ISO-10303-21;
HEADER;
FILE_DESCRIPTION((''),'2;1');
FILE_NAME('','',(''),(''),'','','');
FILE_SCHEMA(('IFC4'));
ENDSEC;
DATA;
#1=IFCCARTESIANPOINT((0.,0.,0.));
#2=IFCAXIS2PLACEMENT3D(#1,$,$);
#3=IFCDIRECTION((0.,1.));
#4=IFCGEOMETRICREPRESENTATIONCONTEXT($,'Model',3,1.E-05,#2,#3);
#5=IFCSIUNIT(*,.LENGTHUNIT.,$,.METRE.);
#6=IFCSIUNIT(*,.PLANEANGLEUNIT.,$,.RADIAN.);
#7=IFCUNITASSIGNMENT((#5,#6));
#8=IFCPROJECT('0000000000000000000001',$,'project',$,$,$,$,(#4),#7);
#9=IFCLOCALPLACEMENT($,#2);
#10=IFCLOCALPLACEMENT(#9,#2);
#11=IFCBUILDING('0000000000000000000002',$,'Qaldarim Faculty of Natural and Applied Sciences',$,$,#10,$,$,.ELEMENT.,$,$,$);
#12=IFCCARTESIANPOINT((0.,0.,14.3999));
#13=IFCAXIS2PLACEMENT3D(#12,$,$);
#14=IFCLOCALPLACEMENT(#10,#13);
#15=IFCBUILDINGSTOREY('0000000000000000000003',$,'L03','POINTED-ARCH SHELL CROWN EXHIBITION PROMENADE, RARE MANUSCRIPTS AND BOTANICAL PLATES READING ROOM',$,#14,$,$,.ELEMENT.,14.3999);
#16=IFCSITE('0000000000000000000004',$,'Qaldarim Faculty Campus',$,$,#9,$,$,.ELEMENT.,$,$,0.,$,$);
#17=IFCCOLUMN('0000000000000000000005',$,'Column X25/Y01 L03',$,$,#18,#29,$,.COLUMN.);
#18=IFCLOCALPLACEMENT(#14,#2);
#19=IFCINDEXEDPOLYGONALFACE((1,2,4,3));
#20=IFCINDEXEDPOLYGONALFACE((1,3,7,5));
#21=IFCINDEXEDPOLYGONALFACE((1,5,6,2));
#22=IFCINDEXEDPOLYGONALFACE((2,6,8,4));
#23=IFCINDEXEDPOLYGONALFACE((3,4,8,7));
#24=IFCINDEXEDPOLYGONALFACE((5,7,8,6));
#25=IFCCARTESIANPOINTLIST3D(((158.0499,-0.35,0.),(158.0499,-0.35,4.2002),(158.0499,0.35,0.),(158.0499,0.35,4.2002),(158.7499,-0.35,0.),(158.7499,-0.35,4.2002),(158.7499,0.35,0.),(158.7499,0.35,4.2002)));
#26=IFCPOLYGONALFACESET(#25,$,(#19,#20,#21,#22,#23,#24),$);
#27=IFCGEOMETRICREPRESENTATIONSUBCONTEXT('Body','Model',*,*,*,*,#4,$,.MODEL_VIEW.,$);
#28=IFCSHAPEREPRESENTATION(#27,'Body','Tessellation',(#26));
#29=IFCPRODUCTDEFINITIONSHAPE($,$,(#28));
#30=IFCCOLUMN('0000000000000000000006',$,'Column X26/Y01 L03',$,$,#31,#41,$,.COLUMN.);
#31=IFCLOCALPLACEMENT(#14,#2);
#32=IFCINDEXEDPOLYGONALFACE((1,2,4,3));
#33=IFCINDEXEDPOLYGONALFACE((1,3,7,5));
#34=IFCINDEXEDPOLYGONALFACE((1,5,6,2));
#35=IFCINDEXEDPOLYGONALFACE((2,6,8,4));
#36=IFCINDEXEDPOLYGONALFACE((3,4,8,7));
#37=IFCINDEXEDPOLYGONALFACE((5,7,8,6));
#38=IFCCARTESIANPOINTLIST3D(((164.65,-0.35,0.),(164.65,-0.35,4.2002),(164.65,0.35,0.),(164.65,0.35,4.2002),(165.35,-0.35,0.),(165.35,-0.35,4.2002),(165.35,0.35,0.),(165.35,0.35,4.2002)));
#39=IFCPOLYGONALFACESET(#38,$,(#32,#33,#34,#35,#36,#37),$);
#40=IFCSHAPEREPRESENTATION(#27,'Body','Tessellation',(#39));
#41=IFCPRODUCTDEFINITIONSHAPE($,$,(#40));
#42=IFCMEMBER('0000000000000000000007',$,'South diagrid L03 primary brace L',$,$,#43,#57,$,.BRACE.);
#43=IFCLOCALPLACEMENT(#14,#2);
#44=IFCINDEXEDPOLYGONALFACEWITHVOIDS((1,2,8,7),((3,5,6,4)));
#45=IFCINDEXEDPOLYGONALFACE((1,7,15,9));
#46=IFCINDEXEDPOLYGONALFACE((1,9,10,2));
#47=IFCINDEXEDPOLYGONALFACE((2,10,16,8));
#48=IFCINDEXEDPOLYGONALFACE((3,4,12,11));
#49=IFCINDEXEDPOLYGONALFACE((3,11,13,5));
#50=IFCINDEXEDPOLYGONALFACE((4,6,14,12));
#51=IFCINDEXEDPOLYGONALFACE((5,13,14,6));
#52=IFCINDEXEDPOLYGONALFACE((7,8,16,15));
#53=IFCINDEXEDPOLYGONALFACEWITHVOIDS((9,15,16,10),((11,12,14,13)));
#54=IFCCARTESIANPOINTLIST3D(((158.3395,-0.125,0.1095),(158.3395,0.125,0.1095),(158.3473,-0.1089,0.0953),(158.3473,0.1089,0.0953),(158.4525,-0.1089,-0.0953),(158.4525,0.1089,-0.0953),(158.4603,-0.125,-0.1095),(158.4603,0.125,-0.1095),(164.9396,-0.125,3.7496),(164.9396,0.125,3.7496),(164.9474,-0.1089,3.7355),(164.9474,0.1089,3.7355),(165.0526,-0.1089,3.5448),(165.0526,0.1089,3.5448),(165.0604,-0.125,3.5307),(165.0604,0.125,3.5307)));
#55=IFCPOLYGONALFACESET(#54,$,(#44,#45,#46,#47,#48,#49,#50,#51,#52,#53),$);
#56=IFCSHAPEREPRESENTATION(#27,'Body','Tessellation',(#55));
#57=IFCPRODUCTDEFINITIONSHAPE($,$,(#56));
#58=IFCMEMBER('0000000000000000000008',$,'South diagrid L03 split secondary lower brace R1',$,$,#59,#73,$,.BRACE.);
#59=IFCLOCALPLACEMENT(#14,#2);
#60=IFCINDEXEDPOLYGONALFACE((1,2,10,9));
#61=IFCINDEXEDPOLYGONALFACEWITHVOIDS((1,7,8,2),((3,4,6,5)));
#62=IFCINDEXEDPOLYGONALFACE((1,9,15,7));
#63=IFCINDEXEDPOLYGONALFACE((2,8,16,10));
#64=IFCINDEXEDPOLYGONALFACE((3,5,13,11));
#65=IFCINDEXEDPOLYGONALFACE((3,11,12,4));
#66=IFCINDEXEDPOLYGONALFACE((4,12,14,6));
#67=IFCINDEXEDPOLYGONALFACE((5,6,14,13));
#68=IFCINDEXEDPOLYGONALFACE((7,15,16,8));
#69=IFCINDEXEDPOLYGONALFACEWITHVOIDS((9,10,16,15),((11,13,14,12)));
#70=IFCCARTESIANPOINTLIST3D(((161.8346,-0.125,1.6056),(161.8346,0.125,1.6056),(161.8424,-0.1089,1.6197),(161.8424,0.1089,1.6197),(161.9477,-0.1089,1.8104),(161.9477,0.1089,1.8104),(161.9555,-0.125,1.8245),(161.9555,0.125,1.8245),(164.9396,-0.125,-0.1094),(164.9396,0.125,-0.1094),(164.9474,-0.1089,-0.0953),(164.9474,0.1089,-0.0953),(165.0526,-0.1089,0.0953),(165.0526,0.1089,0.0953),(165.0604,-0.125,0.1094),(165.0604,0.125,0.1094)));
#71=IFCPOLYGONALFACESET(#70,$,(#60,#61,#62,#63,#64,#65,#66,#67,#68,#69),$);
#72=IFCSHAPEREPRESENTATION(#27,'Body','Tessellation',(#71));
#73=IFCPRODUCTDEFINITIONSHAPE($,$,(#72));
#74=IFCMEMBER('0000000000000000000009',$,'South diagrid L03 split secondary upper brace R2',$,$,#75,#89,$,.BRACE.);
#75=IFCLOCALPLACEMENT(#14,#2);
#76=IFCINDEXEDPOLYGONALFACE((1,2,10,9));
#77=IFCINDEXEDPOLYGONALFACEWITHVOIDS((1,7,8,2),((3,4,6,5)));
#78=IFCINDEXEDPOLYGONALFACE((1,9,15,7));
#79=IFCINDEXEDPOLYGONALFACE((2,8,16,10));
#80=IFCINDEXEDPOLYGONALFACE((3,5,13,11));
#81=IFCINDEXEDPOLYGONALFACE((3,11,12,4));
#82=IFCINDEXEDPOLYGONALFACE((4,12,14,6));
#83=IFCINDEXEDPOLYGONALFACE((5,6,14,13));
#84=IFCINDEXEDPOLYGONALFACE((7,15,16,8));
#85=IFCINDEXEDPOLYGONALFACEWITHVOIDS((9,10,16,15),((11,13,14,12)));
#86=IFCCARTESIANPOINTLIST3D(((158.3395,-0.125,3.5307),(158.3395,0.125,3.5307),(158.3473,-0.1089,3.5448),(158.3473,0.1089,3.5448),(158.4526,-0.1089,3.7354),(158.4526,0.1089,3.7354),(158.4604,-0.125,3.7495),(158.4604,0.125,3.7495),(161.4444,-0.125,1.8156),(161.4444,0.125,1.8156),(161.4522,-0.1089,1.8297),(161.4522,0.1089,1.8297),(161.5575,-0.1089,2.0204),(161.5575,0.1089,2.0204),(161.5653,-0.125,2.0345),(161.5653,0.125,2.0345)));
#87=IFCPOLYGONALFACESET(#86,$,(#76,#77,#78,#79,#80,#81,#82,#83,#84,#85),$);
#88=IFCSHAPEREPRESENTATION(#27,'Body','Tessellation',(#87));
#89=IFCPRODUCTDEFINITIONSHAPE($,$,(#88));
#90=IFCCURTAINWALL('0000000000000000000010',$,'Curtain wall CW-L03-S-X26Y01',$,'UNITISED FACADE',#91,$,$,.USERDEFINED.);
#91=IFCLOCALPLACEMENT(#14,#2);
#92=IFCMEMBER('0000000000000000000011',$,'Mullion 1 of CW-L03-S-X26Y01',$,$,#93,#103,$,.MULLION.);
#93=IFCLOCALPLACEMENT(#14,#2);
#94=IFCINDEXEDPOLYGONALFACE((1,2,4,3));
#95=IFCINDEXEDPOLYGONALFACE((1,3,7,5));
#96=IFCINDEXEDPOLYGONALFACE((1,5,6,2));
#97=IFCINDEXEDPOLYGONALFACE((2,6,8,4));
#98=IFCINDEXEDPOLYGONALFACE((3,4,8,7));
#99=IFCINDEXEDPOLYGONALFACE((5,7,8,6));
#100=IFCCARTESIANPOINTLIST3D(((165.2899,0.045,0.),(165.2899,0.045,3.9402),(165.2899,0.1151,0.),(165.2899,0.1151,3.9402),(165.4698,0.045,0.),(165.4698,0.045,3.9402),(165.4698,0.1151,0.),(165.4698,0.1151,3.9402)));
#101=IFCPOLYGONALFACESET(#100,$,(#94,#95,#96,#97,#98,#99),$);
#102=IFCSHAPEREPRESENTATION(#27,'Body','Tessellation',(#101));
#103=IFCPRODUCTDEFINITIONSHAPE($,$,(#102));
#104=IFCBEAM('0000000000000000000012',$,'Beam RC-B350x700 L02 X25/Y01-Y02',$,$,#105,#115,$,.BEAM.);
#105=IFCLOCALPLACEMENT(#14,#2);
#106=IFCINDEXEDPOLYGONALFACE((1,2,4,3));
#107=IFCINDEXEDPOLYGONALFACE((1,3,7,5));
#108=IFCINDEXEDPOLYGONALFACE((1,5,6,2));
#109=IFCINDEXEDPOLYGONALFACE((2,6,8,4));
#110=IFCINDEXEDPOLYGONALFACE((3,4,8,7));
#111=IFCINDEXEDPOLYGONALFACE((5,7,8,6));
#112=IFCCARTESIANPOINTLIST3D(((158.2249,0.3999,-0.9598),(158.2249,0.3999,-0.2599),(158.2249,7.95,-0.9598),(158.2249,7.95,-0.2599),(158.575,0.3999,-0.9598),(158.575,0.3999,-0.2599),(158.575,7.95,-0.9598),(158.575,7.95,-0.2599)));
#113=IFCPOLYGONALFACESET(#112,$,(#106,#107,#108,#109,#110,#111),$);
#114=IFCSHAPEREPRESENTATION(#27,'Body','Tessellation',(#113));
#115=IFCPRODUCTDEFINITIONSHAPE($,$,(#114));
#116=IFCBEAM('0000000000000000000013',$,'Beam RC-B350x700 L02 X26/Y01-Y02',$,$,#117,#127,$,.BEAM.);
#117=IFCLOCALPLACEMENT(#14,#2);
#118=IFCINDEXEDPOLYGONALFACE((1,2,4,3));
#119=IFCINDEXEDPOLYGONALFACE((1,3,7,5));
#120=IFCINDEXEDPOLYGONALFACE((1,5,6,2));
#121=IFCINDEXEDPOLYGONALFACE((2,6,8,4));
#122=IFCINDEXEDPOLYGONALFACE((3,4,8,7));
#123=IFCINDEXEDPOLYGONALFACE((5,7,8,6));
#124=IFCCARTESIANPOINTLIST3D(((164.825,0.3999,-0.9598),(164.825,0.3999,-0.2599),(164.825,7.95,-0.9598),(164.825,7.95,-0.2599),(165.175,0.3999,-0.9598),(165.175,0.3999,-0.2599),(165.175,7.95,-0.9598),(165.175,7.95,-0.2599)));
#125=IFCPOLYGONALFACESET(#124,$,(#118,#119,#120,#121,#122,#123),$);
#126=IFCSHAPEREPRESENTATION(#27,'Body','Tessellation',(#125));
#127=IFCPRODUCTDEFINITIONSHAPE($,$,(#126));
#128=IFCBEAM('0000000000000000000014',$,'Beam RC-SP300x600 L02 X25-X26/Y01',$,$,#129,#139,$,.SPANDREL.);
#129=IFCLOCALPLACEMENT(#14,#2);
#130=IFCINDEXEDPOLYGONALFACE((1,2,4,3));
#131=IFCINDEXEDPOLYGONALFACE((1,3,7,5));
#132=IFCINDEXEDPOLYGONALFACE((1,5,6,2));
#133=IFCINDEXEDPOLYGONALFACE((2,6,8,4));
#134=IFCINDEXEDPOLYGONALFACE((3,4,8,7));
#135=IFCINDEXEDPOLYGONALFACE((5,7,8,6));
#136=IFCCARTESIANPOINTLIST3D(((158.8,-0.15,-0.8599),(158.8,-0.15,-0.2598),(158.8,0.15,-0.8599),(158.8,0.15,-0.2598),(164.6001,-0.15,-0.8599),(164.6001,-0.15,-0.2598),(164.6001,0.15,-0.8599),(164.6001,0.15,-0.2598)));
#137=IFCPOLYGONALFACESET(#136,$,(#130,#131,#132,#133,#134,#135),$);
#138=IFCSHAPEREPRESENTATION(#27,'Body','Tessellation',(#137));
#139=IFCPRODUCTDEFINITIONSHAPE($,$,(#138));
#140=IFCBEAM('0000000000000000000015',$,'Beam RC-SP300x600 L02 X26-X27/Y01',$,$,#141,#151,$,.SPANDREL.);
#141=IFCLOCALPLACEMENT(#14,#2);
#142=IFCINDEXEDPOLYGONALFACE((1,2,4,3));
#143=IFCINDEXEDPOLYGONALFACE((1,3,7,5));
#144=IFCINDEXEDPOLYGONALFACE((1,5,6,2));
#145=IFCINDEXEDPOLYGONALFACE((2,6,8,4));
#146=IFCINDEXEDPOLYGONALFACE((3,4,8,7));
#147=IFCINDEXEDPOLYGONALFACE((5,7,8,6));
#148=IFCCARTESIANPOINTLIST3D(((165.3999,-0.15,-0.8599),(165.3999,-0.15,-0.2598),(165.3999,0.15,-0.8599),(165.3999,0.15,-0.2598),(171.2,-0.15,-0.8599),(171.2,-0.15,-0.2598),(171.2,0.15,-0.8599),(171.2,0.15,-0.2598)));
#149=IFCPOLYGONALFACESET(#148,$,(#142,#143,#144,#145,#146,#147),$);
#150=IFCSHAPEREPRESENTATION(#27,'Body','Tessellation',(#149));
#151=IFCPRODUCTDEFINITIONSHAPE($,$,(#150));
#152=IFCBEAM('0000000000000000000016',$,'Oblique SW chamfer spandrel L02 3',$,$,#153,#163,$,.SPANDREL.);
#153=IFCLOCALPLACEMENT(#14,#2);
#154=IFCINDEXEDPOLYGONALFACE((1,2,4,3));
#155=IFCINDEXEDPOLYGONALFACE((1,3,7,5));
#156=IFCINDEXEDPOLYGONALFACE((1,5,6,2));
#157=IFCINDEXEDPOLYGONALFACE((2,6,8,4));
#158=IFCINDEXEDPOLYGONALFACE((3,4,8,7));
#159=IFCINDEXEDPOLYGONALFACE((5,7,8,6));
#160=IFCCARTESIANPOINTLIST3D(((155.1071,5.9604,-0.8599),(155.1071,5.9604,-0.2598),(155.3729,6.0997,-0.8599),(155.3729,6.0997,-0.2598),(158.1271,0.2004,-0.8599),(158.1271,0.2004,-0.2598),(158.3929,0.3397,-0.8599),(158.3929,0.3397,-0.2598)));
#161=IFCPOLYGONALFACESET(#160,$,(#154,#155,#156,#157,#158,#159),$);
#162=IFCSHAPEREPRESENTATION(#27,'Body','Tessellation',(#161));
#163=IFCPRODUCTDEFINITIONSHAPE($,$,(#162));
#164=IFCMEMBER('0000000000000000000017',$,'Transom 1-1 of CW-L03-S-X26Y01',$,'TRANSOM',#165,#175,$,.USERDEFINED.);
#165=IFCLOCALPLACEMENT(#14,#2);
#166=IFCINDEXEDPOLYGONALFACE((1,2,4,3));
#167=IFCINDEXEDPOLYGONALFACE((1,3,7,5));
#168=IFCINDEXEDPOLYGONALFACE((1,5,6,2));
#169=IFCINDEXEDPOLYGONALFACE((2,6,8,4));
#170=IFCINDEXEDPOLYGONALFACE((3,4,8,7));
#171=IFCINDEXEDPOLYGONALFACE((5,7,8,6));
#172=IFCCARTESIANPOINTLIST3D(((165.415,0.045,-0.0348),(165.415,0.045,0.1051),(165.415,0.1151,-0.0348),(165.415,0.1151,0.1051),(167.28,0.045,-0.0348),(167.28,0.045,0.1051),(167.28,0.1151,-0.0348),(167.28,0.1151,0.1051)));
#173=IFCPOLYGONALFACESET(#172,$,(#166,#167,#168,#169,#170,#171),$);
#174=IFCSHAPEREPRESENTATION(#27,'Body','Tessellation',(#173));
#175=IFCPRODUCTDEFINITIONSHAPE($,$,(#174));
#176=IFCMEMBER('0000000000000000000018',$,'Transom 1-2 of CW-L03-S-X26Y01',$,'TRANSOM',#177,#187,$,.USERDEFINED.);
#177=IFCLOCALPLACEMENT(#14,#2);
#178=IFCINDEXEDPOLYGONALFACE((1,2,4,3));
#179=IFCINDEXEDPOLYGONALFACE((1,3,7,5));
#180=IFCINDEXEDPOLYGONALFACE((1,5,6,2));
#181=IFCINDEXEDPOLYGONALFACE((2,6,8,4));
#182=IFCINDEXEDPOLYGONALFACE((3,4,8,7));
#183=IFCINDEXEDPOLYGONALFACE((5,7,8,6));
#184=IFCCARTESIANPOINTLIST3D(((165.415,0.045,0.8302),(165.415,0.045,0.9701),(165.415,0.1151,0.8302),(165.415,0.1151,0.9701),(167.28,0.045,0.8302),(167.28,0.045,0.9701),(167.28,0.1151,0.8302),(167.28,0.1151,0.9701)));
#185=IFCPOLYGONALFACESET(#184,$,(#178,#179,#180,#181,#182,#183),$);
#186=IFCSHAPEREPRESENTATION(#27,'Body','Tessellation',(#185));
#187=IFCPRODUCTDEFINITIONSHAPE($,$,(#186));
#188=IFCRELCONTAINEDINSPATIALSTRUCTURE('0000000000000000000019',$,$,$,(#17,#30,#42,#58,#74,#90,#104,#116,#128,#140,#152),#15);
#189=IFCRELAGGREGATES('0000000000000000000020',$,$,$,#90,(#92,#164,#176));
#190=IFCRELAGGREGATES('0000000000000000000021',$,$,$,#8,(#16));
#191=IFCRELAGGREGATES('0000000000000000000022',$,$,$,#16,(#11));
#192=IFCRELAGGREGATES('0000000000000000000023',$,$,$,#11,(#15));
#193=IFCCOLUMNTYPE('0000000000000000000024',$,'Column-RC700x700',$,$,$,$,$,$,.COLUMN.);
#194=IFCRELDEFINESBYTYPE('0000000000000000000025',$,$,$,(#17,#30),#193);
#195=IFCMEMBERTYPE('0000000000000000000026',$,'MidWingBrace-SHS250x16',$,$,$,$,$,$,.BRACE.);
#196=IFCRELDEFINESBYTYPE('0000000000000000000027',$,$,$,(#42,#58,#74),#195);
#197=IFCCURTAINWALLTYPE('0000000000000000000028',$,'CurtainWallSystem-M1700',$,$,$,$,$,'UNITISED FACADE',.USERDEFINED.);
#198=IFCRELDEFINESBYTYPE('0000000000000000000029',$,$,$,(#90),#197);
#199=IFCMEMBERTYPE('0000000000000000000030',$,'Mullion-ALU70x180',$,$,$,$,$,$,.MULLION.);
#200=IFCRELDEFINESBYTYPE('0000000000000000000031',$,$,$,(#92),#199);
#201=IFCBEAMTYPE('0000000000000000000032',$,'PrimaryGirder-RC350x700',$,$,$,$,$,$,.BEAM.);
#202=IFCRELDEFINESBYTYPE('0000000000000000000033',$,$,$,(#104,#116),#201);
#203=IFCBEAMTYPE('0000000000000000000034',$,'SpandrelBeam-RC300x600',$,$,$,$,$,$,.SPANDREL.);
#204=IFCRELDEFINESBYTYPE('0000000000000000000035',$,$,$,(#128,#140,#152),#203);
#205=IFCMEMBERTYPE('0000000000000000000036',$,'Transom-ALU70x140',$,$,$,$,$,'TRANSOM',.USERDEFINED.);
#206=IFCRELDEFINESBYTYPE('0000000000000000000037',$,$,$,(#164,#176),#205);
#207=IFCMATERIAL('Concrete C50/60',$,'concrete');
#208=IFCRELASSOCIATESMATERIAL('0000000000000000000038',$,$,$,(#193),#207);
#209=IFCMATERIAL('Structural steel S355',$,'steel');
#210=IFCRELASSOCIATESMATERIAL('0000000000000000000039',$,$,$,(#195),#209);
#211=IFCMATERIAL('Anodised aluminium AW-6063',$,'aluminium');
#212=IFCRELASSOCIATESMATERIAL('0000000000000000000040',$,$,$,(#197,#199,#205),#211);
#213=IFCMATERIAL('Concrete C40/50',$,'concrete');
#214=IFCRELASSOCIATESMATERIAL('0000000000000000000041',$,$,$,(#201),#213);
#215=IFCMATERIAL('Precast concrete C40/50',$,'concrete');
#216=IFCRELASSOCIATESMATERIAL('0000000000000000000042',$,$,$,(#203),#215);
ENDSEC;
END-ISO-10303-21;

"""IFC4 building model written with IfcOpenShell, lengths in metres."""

from ifc_helpers import new_model, si_unit, direction, frame, origin, origin_2d, place, context, subcontext, project, spatial, rectangle, hollow_rectangle, extrude, material, material_profile, profile_set, type_object, element, aggregate, save


model = new_model("IFC4")

# Units and contexts
model_context = context("Model", 3, precision=1e-05, world=origin(), true_north=direction((0.0, 1.0)))
body_context = subcontext(model_context, "Body", "Model", "MODEL_VIEW")
ifc_project = project(units=[si_unit("LENGTHUNIT", "METRE"), si_unit("PLANEANGLEUNIT", "RADIAN")], contexts=[model_context])

# Site, building, storey
site_placement = place(None, origin())
site = spatial("IfcSite", under=ifc_project, at=site_placement, Name="Qaldarim Faculty Campus", CompositionType="ELEMENT", RefElevation=0.0)
building_placement = place(site_placement, origin())
building = spatial("IfcBuilding", under=site, at=building_placement, Name="Qaldarim Faculty of Natural and Applied Sciences", CompositionType="ELEMENT")
storey_placement = place(building_placement, frame((0.0, 0.0, 14.3999)))
storey = spatial("IfcBuildingStorey", under=building, at=storey_placement, Name="L03", Description="POINTED-ARCH SHELL CROWN EXHIBITION PROMENADE, RARE MANUSCRIPTS AND BOTANICAL PLATES READING ROOM", CompositionType="ELEMENT", Elevation=14.3999)

# Columns
ifc_material_1 = material(Name="Concrete C50/60", Category="concrete")
ifc_material_profile_1 = material_profile(ifc_material_1, rectangle(XDim=0.7, YDim=0.7, at=origin_2d()), Name="RC-C700x700")
ifc_profile_set_1 = profile_set([ifc_material_profile_1], Name="Concrete C50/60")
column_type = type_object("IfcColumnType", Name="Column-RC700x700", PredefinedType="COLUMN", material=ifc_profile_set_1)
for number, where, z_axis, x_axis, name in (
    (1, (158.3999, 0.0, 0.0), (0.0, 0.0, 1.0), (1.0, 0.0, 0.0), "Column X25/Y01 L03"),
    (2, (165.0, 0.0, 0.0), (0.0, 0.0, 1.0), (1.0, 0.0, 0.0), "Column X26/Y01 L03"),
):
    element("IfcColumn", number, at=place(storey_placement, frame(where, z_axis=z_axis, x_axis=x_axis)), inside=storey, type_object=column_type, Name=name, PredefinedType="COLUMN", context=body_context, shape_type="SweptSolid", body=[
        extrude(rectangle(XDim=0.7, YDim=0.7, at=origin_2d()), origin(), (0.0, 0.0, 1.0), 4.2002),
    ])

# Members
ifc_material_2 = material(Name="Structural steel S355", Category="steel")
ifc_material_profile_2 = material_profile(ifc_material_2, hollow_rectangle(XDim=0.25, YDim=0.25, WallThickness=0.0161, at=origin_2d()), Name="SHS 250x250x16.0")
ifc_profile_set_2 = profile_set([ifc_material_profile_2], Name="Structural steel S355")
member_type_1 = type_object("IfcMemberType", Name="MidWingBrace-SHS250x16", PredefinedType="BRACE", material=ifc_profile_set_2)
member_1_placement = place(storey_placement, frame((158.3999, 0.0, 0.0), z_axis=(0.87565, 0.0, 0.482945), x_axis=(0.0, 1.0, 0.0)))
element("IfcMember", 3, at=member_1_placement, inside=storey, type_object=member_type_1, Name="South diagrid L03 primary brace L", PredefinedType="BRACE", context=body_context, shape_type="SweptSolid", body=[
    extrude(hollow_rectangle(XDim=0.25, YDim=0.25, WallThickness=0.0161, at=origin_2d()), origin(), (0.0, 0.0, 1.0), 7.5374),
])
for number, where, z_axis, x_axis, name in (
    (4, (165.0, 0.0, 0.0), (-0.87534, 0.0, 0.483509), (0.0, -1.0, 0.0), "South diagrid L03 split secondary lower brace R1"),
    (5, (161.5049, 0.0, 1.925), (-0.87534, 0.0, 0.483509), (0.0, -1.0, 0.0), "South diagrid L03 split secondary upper brace R2"),
):
    element("IfcMember", number, at=place(storey_placement, frame(where, z_axis=z_axis, x_axis=x_axis)), inside=storey, type_object=member_type_1, Name=name, PredefinedType="BRACE", context=body_context, shape_type="SweptSolid", body=[
        extrude(hollow_rectangle(XDim=0.25, YDim=0.25, WallThickness=0.0161, at=origin_2d()), origin(), (0.0, 0.0, 1.0), 3.5471),
    ])

# Curtain wall, member
ifc_material_3 = material(Name="Anodised aluminium AW-6063", Category="aluminium")
curtain_wall_type = type_object("IfcCurtainWallType", Name="CurtainWallSystem-M1700", ElementType="UNITISED FACADE", PredefinedType="USERDEFINED", material=ifc_material_3)
curtain_wall_placement = place(storey_placement, origin())
curtain_wall = element("IfcCurtainWall", 6, at=curtain_wall_placement, inside=storey, type_object=curtain_wall_type, Name="Curtain wall CW-L03-S-X26Y01", ObjectType="UNITISED FACADE", PredefinedType="USERDEFINED")
ifc_material_profile_3 = material_profile(ifc_material_3, rectangle(XDim=0.0701, YDim=0.1799, at=origin_2d()), Name="ALU-M70x180")
ifc_profile_set_3 = profile_set([ifc_material_profile_3], Name="Anodised aluminium AW-6063")
member_type_2 = type_object("IfcMemberType", Name="Mullion-ALU70x180", PredefinedType="MULLION", material=ifc_profile_set_3)
member_2_placement = place(storey_placement, frame((165.3799, 0.0801, 0.0), z_axis=(0.0, 0.0, 1.0), x_axis=(0.0, 1.0, 0.0)))
member_2 = element("IfcMember", 7, at=member_2_placement, type_object=member_type_2, Name="Mullion 1 of CW-L03-S-X26Y01", PredefinedType="MULLION", context=body_context, shape_type="SweptSolid", body=[
    extrude(rectangle(XDim=0.0701, YDim=0.1799, at=origin_2d()), origin(), (0.0, 0.0, 1.0), 3.9402),
])

# Beams
ifc_material_4 = material(Name="Concrete C40/50", Category="concrete")
ifc_material_profile_4 = material_profile(ifc_material_4, rectangle(XDim=0.3501, YDim=0.7, at=origin_2d()), Name="RC-B350x700")
ifc_profile_set_4 = profile_set([ifc_material_profile_4], Name="Concrete C40/50")
beam_type_1 = type_object("IfcBeamType", Name="PrimaryGirder-RC350x700", PredefinedType="BEAM", material=ifc_profile_set_4)
for number, where, z_axis, x_axis, name in (
    (8, (158.3999, 0.3999, -0.6099), (0.0, 1.0, 0.0), (-1.0, 0.0, 0.0), "Beam RC-B350x700 L02 X25/Y01-Y02"),
    (9, (165.0, 0.3999, -0.6099), (0.0, 1.0, 0.0), (-1.0, 0.0, 0.0), "Beam RC-B350x700 L02 X26/Y01-Y02"),
):
    element("IfcBeam", number, at=place(storey_placement, frame(where, z_axis=z_axis, x_axis=x_axis)), inside=storey, type_object=beam_type_1, Name=name, PredefinedType="BEAM", context=body_context, shape_type="SweptSolid", body=[
        extrude(rectangle(XDim=0.3501, YDim=0.7, at=origin_2d()), origin(), (0.0, 0.0, 1.0), 7.55),
    ])
ifc_material_5 = material(Name="Precast concrete C40/50", Category="concrete")
ifc_material_profile_5 = material_profile(ifc_material_5, rectangle(XDim=0.3, YDim=0.6001, at=origin_2d()), Name="RC-SP300x600")
ifc_profile_set_5 = profile_set([ifc_material_profile_5], Name="Precast concrete C40/50")
beam_type_2 = type_object("IfcBeamType", Name="SpandrelBeam-RC300x600", PredefinedType="SPANDREL", material=ifc_profile_set_5)
for number, where, z_axis, x_axis, name in (
    (10, (158.8, 0.0, -0.5598), (1.0, 0.0, 0.0), (0.0, 1.0, 0.0), "Beam RC-SP300x600 L02 X25-X26/Y01"),
    (11, (165.3999, 0.0, -0.5598), (1.0, 0.0, 0.0), (0.0, 1.0, 0.0), "Beam RC-SP300x600 L02 X26-X27/Y01"),
):
    element("IfcBeam", number, at=place(storey_placement, frame(where, z_axis=z_axis, x_axis=x_axis)), inside=storey, type_object=beam_type_2, Name=name, PredefinedType="SPANDREL", context=body_context, shape_type="SweptSolid", body=[
        extrude(rectangle(XDim=0.3, YDim=0.6001, at=origin_2d()), origin(), (0.0, 0.0, 1.0), 5.8),
    ])
beam_placement = place(storey_placement, frame((155.24, 6.03, -0.5598), z_axis=(0.464353, -0.88565, 0.0), x_axis=(0.88565, 0.464353, 0.0)))
element("IfcBeam", 12, at=beam_placement, inside=storey, type_object=beam_type_2, Name="Oblique SW chamfer spandrel L02 3", PredefinedType="SPANDREL", context=body_context, shape_type="SweptSolid", body=[
    extrude(rectangle(XDim=0.3, YDim=0.6001, at=origin_2d()), origin(), (0.0, 0.0, 1.0), 6.5037),
])

# Members
ifc_material_profile_6 = material_profile(ifc_material_3, rectangle(XDim=0.0701, YDim=0.1399, at=origin_2d()), Name="ALU-T70x140")
ifc_profile_set_6 = profile_set([ifc_material_profile_6], Name="Anodised aluminium AW-6063")
member_type_3 = type_object("IfcMemberType", Name="Transom-ALU70x140", ElementType="TRANSOM", PredefinedType="USERDEFINED", material=ifc_profile_set_6)
member_3_placement = place(storey_placement, frame((165.415, 0.0801, 0.0352), z_axis=(1.0, 0.0, 0.0), x_axis=(0.0, 1.0, 0.0)))
member_3 = element("IfcMember", 13, at=member_3_placement, type_object=member_type_3, Name="Transom 1-1 of CW-L03-S-X26Y01", ObjectType="TRANSOM", PredefinedType="USERDEFINED", context=body_context, shape_type="SweptSolid", body=[
    extrude(rectangle(XDim=0.0701, YDim=0.1399, at=origin_2d()), origin(), (0.0, 0.0, 1.0), 1.865),
])
member_4_placement = place(storey_placement, frame((165.415, 0.0801, 0.9001), z_axis=(1.0, 0.0, 0.0), x_axis=(0.0, 1.0, 0.0)))
member_4 = element("IfcMember", 14, at=member_4_placement, type_object=member_type_3, Name="Transom 1-2 of CW-L03-S-X26Y01", ObjectType="TRANSOM", PredefinedType="USERDEFINED", context=body_context, shape_type="SweptSolid", body=[
    extrude(rectangle(XDim=0.0701, YDim=0.1399, at=origin_2d()), origin(), (0.0, 0.0, 1.0), 1.865),
])
aggregate(curtain_wall, [member_2, member_3, member_4])

save(model, "model.ifc")
